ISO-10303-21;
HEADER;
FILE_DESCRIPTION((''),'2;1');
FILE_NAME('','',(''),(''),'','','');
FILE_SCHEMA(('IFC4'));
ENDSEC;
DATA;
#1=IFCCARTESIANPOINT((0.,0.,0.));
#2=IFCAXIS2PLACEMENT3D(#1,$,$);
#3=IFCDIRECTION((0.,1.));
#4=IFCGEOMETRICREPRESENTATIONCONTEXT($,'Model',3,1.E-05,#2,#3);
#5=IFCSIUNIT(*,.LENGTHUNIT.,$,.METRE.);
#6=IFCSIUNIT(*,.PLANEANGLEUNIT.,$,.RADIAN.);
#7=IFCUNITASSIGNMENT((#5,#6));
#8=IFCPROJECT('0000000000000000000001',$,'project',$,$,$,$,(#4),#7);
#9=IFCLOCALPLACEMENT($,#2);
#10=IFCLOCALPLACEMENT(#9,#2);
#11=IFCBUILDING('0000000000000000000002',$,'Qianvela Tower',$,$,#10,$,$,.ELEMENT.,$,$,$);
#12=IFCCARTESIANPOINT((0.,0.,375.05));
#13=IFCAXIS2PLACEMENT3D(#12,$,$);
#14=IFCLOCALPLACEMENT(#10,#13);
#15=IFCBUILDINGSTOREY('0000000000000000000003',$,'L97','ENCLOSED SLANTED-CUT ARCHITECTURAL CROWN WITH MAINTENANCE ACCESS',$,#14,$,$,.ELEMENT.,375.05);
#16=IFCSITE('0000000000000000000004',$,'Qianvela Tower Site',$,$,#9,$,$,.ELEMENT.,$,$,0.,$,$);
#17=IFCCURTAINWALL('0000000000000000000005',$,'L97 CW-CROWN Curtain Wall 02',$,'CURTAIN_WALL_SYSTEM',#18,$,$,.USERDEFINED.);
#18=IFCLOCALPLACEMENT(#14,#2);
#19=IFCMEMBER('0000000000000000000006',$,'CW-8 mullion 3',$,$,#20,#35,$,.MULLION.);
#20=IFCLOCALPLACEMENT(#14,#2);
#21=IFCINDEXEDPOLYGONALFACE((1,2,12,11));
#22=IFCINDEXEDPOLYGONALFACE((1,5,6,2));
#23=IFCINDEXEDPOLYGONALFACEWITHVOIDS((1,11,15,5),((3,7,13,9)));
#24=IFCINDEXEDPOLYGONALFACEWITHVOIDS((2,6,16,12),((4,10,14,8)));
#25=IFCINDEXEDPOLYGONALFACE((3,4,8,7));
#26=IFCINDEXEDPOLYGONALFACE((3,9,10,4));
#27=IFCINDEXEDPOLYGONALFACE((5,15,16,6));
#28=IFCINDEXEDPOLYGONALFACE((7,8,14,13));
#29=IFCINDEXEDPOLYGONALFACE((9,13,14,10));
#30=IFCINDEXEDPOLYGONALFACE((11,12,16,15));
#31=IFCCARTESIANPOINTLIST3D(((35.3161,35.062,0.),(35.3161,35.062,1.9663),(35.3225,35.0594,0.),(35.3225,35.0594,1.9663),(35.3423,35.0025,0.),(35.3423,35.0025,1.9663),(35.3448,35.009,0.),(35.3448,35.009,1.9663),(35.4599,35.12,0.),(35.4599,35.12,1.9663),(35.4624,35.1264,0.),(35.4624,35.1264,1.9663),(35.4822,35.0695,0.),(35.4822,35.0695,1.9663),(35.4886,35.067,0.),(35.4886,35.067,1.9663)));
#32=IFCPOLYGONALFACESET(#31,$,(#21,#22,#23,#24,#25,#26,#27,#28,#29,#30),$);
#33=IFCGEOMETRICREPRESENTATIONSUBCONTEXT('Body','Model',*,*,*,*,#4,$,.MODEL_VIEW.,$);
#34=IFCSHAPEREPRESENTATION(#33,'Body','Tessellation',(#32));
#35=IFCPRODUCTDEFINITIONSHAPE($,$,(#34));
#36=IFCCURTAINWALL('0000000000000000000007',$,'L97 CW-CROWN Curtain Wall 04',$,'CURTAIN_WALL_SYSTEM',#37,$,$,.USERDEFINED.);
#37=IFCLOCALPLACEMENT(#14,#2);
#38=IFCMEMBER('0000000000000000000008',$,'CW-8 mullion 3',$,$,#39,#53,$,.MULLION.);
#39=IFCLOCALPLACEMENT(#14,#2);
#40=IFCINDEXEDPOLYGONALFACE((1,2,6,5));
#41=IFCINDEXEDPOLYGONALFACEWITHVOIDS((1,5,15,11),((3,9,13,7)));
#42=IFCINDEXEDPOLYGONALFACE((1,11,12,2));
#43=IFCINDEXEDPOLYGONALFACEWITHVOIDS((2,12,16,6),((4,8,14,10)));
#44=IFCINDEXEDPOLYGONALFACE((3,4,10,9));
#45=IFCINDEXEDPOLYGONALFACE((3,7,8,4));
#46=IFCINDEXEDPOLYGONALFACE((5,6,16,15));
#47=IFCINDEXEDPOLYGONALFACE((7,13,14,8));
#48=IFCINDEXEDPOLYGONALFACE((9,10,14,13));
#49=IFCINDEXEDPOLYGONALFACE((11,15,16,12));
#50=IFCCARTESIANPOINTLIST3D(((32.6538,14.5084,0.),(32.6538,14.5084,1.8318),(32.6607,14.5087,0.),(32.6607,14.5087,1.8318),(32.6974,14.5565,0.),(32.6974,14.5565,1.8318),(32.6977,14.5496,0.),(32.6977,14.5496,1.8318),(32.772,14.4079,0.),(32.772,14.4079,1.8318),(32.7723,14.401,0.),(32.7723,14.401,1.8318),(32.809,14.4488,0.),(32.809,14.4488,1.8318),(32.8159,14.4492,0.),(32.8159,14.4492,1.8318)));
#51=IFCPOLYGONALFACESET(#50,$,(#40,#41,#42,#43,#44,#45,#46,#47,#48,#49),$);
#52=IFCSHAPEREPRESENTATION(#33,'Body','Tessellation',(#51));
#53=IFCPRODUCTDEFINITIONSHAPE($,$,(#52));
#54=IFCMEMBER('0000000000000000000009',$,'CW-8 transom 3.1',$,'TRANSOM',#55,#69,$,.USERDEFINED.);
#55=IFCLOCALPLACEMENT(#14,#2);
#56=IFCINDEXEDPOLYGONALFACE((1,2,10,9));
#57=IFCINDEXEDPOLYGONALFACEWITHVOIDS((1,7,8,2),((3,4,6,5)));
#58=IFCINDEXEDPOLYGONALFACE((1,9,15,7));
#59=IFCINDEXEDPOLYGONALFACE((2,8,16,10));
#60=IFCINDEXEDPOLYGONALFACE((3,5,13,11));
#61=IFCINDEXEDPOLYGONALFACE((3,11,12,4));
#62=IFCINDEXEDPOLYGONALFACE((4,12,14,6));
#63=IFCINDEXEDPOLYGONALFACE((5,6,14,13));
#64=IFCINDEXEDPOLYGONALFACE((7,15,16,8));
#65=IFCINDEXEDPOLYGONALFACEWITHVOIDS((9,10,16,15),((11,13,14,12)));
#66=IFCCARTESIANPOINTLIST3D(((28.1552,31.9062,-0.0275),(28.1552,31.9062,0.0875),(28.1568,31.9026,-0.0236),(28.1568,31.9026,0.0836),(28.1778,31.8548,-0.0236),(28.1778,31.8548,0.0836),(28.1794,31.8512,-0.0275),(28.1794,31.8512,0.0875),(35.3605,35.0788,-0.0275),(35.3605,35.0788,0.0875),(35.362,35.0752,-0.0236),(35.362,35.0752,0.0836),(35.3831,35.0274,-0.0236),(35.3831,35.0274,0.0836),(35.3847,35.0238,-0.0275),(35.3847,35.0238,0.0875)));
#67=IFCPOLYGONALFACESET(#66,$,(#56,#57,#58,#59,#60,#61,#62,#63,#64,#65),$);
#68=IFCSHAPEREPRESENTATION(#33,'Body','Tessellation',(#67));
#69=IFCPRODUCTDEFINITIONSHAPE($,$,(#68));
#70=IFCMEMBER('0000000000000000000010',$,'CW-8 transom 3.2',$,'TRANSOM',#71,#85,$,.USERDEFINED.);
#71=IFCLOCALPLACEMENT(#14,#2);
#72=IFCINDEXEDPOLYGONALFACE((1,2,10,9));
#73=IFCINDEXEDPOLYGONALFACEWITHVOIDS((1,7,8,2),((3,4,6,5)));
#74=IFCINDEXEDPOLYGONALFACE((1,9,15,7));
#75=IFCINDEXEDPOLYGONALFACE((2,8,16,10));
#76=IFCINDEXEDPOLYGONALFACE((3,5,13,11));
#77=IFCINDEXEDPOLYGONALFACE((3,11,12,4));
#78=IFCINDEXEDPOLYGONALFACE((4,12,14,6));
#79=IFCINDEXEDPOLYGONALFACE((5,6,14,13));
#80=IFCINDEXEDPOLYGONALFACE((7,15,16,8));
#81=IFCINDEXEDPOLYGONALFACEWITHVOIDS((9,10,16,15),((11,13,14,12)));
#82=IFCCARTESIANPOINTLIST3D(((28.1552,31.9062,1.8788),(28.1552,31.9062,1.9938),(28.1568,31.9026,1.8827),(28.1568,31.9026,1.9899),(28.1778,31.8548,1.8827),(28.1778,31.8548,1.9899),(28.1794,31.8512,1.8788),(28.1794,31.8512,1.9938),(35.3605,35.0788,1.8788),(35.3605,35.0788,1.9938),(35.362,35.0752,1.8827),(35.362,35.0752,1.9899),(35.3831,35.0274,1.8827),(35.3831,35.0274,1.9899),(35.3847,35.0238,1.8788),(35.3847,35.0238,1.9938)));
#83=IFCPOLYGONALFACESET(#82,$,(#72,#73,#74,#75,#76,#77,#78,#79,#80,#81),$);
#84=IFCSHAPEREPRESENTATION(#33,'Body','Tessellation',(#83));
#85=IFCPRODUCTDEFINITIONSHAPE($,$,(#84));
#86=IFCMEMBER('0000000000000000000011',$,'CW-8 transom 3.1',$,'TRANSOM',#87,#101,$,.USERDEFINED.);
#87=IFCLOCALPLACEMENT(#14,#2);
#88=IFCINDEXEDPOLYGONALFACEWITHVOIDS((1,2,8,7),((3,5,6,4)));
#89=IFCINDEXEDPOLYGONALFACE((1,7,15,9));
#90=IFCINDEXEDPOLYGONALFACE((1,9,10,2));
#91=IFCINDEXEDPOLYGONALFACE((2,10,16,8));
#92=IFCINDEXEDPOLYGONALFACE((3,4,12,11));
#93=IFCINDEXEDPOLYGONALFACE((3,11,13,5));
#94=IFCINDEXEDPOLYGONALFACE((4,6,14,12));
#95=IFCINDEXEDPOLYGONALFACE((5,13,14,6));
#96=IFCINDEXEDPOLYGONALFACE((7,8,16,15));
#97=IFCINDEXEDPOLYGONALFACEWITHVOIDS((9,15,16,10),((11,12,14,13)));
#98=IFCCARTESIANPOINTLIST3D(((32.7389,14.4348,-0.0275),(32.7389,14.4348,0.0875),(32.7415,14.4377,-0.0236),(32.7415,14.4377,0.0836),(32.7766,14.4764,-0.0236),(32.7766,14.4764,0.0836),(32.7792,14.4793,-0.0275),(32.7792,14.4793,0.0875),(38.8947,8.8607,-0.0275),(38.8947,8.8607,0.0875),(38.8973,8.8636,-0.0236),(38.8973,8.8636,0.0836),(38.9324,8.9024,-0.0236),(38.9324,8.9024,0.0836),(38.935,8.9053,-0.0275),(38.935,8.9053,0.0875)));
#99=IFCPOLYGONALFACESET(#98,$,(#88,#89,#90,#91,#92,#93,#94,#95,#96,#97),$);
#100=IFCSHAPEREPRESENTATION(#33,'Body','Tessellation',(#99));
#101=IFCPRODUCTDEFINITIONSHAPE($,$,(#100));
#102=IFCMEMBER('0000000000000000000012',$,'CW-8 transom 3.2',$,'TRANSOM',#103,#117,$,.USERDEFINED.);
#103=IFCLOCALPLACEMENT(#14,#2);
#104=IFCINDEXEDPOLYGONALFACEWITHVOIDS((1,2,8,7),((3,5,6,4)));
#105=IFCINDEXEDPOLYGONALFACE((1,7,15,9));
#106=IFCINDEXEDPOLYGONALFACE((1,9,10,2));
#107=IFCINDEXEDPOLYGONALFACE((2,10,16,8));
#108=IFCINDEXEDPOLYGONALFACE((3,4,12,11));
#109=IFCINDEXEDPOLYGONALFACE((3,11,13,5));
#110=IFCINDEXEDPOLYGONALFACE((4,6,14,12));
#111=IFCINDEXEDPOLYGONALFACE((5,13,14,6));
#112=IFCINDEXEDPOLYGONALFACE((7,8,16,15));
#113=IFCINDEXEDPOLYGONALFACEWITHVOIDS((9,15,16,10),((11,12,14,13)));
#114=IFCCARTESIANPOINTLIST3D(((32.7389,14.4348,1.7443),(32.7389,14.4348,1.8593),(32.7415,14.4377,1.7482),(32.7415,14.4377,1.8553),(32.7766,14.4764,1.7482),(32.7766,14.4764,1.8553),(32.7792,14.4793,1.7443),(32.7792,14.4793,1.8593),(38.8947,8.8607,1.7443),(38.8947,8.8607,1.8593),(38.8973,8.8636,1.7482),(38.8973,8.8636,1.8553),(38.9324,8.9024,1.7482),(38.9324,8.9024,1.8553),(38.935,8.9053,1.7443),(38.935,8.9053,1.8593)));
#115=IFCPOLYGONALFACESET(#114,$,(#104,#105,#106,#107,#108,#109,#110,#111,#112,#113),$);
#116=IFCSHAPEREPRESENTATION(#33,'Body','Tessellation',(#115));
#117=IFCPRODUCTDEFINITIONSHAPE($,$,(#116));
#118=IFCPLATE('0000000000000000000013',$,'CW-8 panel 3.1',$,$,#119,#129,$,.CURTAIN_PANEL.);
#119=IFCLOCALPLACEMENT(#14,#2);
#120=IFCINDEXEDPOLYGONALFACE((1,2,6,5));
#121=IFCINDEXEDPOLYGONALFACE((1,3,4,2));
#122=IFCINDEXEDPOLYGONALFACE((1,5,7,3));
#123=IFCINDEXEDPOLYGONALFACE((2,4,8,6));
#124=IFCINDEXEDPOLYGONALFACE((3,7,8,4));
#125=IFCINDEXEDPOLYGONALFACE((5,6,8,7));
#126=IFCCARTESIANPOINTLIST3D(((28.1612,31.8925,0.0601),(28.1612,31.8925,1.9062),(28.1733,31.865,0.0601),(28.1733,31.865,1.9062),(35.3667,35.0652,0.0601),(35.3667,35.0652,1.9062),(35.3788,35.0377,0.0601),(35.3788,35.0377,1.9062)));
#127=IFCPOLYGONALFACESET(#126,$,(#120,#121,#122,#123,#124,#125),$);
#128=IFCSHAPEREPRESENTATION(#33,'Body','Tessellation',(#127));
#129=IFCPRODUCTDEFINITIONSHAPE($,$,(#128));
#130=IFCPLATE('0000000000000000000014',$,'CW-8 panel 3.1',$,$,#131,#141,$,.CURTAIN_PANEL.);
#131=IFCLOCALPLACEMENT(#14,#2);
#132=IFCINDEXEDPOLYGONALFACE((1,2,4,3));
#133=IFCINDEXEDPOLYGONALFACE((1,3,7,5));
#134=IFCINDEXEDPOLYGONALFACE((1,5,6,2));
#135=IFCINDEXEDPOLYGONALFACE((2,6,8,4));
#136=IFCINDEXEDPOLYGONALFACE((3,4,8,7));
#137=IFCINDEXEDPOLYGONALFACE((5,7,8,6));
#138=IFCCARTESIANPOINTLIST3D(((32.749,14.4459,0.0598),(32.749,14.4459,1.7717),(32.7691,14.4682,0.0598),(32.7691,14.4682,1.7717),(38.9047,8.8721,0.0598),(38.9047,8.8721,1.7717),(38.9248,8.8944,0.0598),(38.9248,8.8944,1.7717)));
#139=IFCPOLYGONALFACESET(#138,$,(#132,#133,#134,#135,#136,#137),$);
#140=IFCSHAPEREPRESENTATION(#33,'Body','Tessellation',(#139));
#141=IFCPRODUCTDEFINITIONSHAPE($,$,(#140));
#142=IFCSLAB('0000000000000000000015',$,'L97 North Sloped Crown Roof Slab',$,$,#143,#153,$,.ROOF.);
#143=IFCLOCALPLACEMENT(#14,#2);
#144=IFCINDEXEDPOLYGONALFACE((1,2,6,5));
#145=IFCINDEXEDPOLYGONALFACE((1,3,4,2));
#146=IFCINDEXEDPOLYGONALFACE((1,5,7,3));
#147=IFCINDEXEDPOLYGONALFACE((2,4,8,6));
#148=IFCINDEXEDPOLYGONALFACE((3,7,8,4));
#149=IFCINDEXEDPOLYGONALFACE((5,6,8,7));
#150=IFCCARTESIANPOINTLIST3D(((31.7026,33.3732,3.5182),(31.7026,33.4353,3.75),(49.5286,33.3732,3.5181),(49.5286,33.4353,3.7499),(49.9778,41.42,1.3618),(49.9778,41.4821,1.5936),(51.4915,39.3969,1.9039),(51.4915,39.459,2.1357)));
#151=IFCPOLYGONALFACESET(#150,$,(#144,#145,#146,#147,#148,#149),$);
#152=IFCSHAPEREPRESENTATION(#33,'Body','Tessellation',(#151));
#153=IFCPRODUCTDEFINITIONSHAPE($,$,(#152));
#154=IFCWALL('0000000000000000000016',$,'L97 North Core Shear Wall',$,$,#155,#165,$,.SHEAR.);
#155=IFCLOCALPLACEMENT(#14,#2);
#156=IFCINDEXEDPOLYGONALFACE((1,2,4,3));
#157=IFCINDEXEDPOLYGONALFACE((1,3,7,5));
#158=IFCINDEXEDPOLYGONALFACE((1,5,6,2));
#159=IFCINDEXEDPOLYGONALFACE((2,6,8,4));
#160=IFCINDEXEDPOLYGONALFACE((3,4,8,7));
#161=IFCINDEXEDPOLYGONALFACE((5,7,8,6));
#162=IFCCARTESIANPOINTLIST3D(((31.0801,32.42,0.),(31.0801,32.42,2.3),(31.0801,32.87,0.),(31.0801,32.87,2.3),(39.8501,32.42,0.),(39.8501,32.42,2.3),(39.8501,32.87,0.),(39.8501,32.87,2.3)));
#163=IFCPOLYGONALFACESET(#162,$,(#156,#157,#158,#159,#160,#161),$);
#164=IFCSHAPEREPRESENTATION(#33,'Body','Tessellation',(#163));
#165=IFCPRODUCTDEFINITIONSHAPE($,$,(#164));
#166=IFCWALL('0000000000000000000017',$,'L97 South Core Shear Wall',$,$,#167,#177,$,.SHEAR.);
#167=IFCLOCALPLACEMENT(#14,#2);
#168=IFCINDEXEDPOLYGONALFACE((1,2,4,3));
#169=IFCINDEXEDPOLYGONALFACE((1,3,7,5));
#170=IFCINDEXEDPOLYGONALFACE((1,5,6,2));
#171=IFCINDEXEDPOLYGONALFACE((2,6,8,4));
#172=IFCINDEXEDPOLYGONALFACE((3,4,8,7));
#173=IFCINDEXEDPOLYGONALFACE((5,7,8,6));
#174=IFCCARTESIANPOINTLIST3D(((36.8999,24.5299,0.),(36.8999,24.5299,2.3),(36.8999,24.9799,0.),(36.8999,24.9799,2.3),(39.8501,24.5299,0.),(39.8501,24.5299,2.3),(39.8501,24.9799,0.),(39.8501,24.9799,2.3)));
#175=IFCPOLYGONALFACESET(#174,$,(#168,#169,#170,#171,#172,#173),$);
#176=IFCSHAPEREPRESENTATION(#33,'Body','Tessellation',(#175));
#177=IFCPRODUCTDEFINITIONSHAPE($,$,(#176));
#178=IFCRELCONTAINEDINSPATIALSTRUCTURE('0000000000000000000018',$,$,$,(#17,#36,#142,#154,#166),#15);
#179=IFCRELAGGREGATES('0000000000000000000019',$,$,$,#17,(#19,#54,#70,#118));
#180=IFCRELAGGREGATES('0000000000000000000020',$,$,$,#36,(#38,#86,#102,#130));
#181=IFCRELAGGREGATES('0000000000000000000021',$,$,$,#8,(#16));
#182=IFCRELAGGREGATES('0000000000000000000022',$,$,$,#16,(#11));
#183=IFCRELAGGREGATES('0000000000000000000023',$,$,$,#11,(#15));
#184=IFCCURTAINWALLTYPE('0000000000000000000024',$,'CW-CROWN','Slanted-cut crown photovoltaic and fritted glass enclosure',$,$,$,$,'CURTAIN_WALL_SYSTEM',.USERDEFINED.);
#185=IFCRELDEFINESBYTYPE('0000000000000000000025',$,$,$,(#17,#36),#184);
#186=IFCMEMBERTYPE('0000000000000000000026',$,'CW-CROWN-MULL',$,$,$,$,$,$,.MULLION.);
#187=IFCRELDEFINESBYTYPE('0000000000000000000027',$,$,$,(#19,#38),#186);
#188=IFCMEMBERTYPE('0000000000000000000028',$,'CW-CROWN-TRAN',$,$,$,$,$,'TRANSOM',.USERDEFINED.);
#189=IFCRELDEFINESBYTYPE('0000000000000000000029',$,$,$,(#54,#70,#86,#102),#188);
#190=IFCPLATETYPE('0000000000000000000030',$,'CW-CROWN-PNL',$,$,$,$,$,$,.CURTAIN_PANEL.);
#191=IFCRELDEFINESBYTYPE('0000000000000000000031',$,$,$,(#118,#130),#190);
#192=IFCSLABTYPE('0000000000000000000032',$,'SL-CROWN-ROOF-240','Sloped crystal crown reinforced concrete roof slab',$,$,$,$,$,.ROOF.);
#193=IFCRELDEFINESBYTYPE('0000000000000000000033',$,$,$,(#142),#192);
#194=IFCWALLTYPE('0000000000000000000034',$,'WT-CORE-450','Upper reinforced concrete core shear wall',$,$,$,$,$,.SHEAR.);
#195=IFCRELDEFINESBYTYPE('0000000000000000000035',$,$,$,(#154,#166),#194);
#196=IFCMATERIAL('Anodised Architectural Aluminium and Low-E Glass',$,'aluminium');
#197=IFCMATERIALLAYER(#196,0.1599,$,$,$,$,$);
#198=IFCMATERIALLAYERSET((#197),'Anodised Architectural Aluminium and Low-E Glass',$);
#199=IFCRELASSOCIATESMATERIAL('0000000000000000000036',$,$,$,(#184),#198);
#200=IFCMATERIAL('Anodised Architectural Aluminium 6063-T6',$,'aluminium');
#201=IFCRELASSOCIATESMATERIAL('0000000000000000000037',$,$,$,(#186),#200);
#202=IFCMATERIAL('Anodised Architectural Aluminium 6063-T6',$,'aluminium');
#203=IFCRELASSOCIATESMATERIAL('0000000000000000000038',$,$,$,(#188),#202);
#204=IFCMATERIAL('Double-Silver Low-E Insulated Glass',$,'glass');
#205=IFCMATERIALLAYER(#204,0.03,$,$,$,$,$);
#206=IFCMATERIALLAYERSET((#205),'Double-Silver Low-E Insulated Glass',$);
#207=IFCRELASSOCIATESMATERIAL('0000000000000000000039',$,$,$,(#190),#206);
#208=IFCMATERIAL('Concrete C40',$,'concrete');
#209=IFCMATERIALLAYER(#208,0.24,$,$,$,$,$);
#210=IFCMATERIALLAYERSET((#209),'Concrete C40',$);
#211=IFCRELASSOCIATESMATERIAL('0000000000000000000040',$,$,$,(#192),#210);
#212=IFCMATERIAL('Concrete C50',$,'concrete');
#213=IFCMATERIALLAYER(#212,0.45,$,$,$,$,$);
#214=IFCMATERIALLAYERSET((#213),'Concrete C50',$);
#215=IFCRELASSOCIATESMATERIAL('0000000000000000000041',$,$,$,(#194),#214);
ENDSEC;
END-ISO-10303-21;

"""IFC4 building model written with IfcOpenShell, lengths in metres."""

from ifc_helpers import new_model, si_unit, direction, frame, frame_2d, origin, origin_2d, place, context, subcontext, project, spatial, polyline, rectangle, hollow_rectangle, outline, extrude, material, layer, layer_set, material_profile, profile_set, type_object, element, aggregate, save


model = new_model("IFC4")

# Units and contexts
model_context = context("Model", 3, precision=1e-05, world=origin(), true_north=direction((0.0, 1.0)))
body_context = subcontext(model_context, "Body", "Model", "MODEL_VIEW")
ifc_project = project(units=[si_unit("LENGTHUNIT", "METRE"), si_unit("PLANEANGLEUNIT", "RADIAN")], contexts=[model_context])

# Site, building, storey
site_placement = place(None, origin())
site = spatial("IfcSite", under=ifc_project, at=site_placement, Name="Qianvela Tower Site", CompositionType="ELEMENT", RefElevation=0.0)
building_placement = place(site_placement, origin())
building = spatial("IfcBuilding", under=site, at=building_placement, Name="Qianvela Tower", CompositionType="ELEMENT")
storey_placement = place(building_placement, frame((0.0, 0.0, 375.05)))
storey = spatial("IfcBuildingStorey", under=building, at=storey_placement, Name="L97", Description="ENCLOSED SLANTED-CUT ARCHITECTURAL CROWN WITH MAINTENANCE ACCESS", CompositionType="ELEMENT", Elevation=375.05)

# Curtain walls, members
ifc_material_1 = material(Name="Anodised Architectural Aluminium and Low-E Glass", Category="aluminium")
ifc_layer_1 = layer(ifc_material_1, 0.1599)
ifc_layer_set_1 = layer_set([ifc_layer_1], Name="Anodised Architectural Aluminium and Low-E Glass")
curtain_wall_type = type_object("IfcCurtainWallType", Name="CW-CROWN", Description="Slanted-cut crown photovoltaic and fritted glass enclosure", ElementType="CURTAIN_WALL_SYSTEM", PredefinedType="USERDEFINED", material=ifc_layer_set_1)
curtain_wall_1_placement = place(storey_placement, origin())
curtain_wall_1 = element("IfcCurtainWall", 1, at=curtain_wall_1_placement, inside=storey, type_object=curtain_wall_type, Name="L97 CW-CROWN Curtain Wall 02", ObjectType="CURTAIN_WALL_SYSTEM", PredefinedType="USERDEFINED")
ifc_material_2 = material(Name="Anodised Architectural Aluminium 6063-T6", Category="aluminium")
ifc_material_profile_1 = material_profile(ifc_material_2, hollow_rectangle(XDim=0.0649, YDim=0.1599, WallThickness=0.0049, at=origin_2d()), Name="ALU-MULL-65x160")
ifc_profile_set_1 = profile_set([ifc_material_profile_1], Name="Anodised Architectural Aluminium 6063-T6")
member_type_1 = type_object("IfcMemberType", Name="CW-CROWN-MULL", PredefinedType="MULLION", material=ifc_profile_set_1)
member_1_placement = place(storey_placement, frame((35.4023, 35.0645, 0.0), z_axis=(0.0, 0.0, 1.0), x_axis=(0.402977, -0.91521, 0.0)))
member_1 = element("IfcMember", 2, at=member_1_placement, type_object=member_type_1, Name="CW-8 mullion 3", PredefinedType="MULLION", context=body_context, shape_type="SweptSolid", body=[
    extrude(hollow_rectangle(XDim=0.0649, YDim=0.1599, WallThickness=0.0049, at=origin_2d()), origin(), (0.0, 0.0, 1.0), 1.9663),
])
curtain_wall_2_placement = place(storey_placement, origin())
curtain_wall_2 = element("IfcCurtainWall", 3, at=curtain_wall_2_placement, inside=storey, type_object=curtain_wall_type, Name="L97 CW-CROWN Curtain Wall 04", ObjectType="CURTAIN_WALL_SYSTEM", PredefinedType="USERDEFINED")
member_2_placement = place(storey_placement, frame((32.7349, 14.4788, 0.0), z_axis=(0.0, 0.0, 1.0), x_axis=(0.6712, 0.741276, 0.0)))
member_2 = element("IfcMember", 4, at=member_2_placement, type_object=member_type_1, Name="CW-8 mullion 3", PredefinedType="MULLION", context=body_context, shape_type="SweptSolid", body=[
    extrude(hollow_rectangle(XDim=0.0649, YDim=0.1599, WallThickness=0.0049, at=origin_2d()), origin(), (0.0, 0.0, 1.0), 1.8318),
])

# Members
ifc_material_3 = material(Name="Anodised Architectural Aluminium 6063-T6", Category="aluminium")
ifc_material_profile_2 = material_profile(ifc_material_3, hollow_rectangle(XDim=0.0601, YDim=0.115, WallThickness=0.0039, at=origin_2d()), Name="ALU-TRAN-60x115")
ifc_profile_set_2 = profile_set([ifc_material_profile_2], Name="Anodised Architectural Aluminium 6063-T6")
member_type_2 = type_object("IfcMemberType", Name="CW-CROWN-TRAN", ElementType="TRANSOM", PredefinedType="USERDEFINED", material=ifc_profile_set_2)
member_3_placement = place(storey_placement, frame((35.3726, 35.0513, 0.03), z_axis=(-0.915209, -0.40298, 0.0), x_axis=(0.40298, -0.915209, 0.0)))
member_3 = element("IfcMember", 5, at=member_3_placement, type_object=member_type_2, Name="CW-8 transom 3.1", ObjectType="TRANSOM", PredefinedType="USERDEFINED", context=body_context, shape_type="SweptSolid", body=[
    extrude(hollow_rectangle(XDim=0.0601, YDim=0.115, WallThickness=0.0039, at=origin_2d()), origin(), (0.0, 0.0, 1.0), 7.8728),
])
member_4_placement = place(storey_placement, frame((35.3726, 35.0513, 1.9363), z_axis=(-0.915209, -0.40298, 0.0), x_axis=(0.40298, -0.915209, 0.0)))
member_4 = element("IfcMember", 6, at=member_4_placement, type_object=member_type_2, Name="CW-8 transom 3.2", ObjectType="TRANSOM", PredefinedType="USERDEFINED", context=body_context, shape_type="SweptSolid", body=[
    extrude(hollow_rectangle(XDim=0.0601, YDim=0.115, WallThickness=0.0039, at=origin_2d()), origin(), (0.0, 0.0, 1.0), 7.8728),
])
member_5_placement = place(storey_placement, frame((32.759, 14.457, 0.03), z_axis=(0.741268, -0.67121, 0.0), x_axis=(0.67121, 0.741268, 0.0)))
member_5 = element("IfcMember", 7, at=member_5_placement, type_object=member_type_2, Name="CW-8 transom 3.1", ObjectType="TRANSOM", PredefinedType="USERDEFINED", context=body_context, shape_type="SweptSolid", body=[
    extrude(hollow_rectangle(XDim=0.0601, YDim=0.115, WallThickness=0.0039, at=origin_2d()), origin(), (0.0, 0.0, 1.0), 8.3044),
])
member_6_placement = place(storey_placement, frame((32.759, 14.457, 1.8018), z_axis=(0.741268, -0.67121, 0.0), x_axis=(0.67121, 0.741268, 0.0)))
member_6 = element("IfcMember", 8, at=member_6_placement, type_object=member_type_2, Name="CW-8 transom 3.2", ObjectType="TRANSOM", PredefinedType="USERDEFINED", context=body_context, shape_type="SweptSolid", body=[
    extrude(hollow_rectangle(XDim=0.0601, YDim=0.115, WallThickness=0.0039, at=origin_2d()), origin(), (0.0, 0.0, 1.0), 8.3044),
])

# Plates
ifc_material_4 = material(Name="Double-Silver Low-E Insulated Glass", Category="glass")
ifc_layer_2 = layer(ifc_material_4, 0.03)
ifc_layer_set_2 = layer_set([ifc_layer_2], Name="Double-Silver Low-E Insulated Glass")
plate_type = type_object("IfcPlateType", Name="CW-CROWN-PNL", PredefinedType="CURTAIN_PANEL", material=ifc_layer_set_2)
plate_1_placement = place(storey_placement, frame((31.77, 33.4651, 0.0601), z_axis=(0.0, 0.0, 1.0), x_axis=(-0.91521, -0.402977, 0.0)))
plate_1 = element("IfcPlate", 9, at=plate_1_placement, type_object=plate_type, Name="CW-8 panel 3.1", PredefinedType="CURTAIN_PANEL", context=body_context, shape_type="SweptSolid", body=[
    extrude(rectangle(XDim=7.873, YDim=0.03, at=origin_2d()), origin(), (0.0, 0.0, 1.0), 1.8462),
])
aggregate(curtain_wall_1, [member_1, member_3, member_4, plate_1])
plate_2_placement = place(storey_placement, frame((35.8369, 11.6702, 0.0598), z_axis=(0.0, 0.0, 1.0), x_axis=(0.741276, -0.6712, 0.0)))
plate_2 = element("IfcPlate", 10, at=plate_2_placement, type_object=plate_type, Name="CW-8 panel 3.1", PredefinedType="CURTAIN_PANEL", context=body_context, shape_type="SweptSolid", body=[
    extrude(rectangle(XDim=8.3042, YDim=0.03, at=origin_2d()), origin(), (0.0, 0.0, 1.0), 1.7119),
])
aggregate(curtain_wall_2, [member_2, member_5, member_6, plate_2])

# Slab
ifc_material_5 = material(Name="Concrete C40", Category="concrete")
ifc_layer_3 = layer(ifc_material_5, 0.24)
ifc_layer_set_3 = layer_set([ifc_layer_3], Name="Concrete C40")
slab_type = type_object("IfcSlabType", Name="SL-CROWN-ROOF-240", Description="Sloped crystal crown reinforced concrete roof slab", PredefinedType="ROOF", material=ifc_layer_set_3)
slab_placement = place(storey_placement, frame((31.7026, 33.4353, 3.75), z_axis=(0.000007, 0.258829, 0.965923), x_axis=(1.0, -0.000002, -0.000007)))
element("IfcSlab", 11, at=slab_placement, inside=storey, type_object=slab_type, Name="L97 North Sloped Crown Roof Slab", PredefinedType="ROOF", context=body_context, shape_type="SweptSolid", body=[
    extrude(outline(polyline([(0.0, 0.0), (17.8259, 0.0), (19.7888, 6.2362), (18.2751, 8.3308), (0.0, 0.0)])), origin(), (0.0, 0.0, -1.0), 0.24),
])

# Walls
ifc_material_6 = material(Name="Concrete C50", Category="concrete")
ifc_layer_4 = layer(ifc_material_6, 0.45)
ifc_layer_set_4 = layer_set([ifc_layer_4], Name="Concrete C50")
wall_type_1 = type_object("IfcWallType", Name="WT-CORE-450", Description="Upper reinforced concrete core shear wall", PredefinedType="SHEAR", material=ifc_layer_set_4)
wall_1_placement = place(storey_placement, frame((31.0801, 32.645, 0.0), z_axis=(0.0, 0.0, 1.0), x_axis=(1.0, 0.0, 0.0)))
element("IfcWall", 12, at=wall_1_placement, inside=storey, type_object=wall_type_1, Name="L97 North Core Shear Wall", PredefinedType="SHEAR", context=body_context, shape_type="SweptSolid", body=[
    extrude(rectangle(XDim=8.77, YDim=0.45, at=frame_2d((4.385, 0.0))), origin(), (0.0, 0.0, 1.0), 2.3),
])
wall_2_placement = place(storey_placement, frame((36.8999, 24.7549, 0.0), z_axis=(0.0, 0.0, 1.0), x_axis=(1.0, 0.0, 0.0)))
element("IfcWall", 13, at=wall_2_placement, inside=storey, type_object=wall_type_1, Name="L97 South Core Shear Wall", PredefinedType="SHEAR", context=body_context, shape_type="SweptSolid", body=[
    extrude(rectangle(XDim=2.9502, YDim=0.45, at=frame_2d((1.4751, 0.0))), origin(), (0.0, 0.0, 1.0), 2.3),
])

save(model, "model.ifc")
